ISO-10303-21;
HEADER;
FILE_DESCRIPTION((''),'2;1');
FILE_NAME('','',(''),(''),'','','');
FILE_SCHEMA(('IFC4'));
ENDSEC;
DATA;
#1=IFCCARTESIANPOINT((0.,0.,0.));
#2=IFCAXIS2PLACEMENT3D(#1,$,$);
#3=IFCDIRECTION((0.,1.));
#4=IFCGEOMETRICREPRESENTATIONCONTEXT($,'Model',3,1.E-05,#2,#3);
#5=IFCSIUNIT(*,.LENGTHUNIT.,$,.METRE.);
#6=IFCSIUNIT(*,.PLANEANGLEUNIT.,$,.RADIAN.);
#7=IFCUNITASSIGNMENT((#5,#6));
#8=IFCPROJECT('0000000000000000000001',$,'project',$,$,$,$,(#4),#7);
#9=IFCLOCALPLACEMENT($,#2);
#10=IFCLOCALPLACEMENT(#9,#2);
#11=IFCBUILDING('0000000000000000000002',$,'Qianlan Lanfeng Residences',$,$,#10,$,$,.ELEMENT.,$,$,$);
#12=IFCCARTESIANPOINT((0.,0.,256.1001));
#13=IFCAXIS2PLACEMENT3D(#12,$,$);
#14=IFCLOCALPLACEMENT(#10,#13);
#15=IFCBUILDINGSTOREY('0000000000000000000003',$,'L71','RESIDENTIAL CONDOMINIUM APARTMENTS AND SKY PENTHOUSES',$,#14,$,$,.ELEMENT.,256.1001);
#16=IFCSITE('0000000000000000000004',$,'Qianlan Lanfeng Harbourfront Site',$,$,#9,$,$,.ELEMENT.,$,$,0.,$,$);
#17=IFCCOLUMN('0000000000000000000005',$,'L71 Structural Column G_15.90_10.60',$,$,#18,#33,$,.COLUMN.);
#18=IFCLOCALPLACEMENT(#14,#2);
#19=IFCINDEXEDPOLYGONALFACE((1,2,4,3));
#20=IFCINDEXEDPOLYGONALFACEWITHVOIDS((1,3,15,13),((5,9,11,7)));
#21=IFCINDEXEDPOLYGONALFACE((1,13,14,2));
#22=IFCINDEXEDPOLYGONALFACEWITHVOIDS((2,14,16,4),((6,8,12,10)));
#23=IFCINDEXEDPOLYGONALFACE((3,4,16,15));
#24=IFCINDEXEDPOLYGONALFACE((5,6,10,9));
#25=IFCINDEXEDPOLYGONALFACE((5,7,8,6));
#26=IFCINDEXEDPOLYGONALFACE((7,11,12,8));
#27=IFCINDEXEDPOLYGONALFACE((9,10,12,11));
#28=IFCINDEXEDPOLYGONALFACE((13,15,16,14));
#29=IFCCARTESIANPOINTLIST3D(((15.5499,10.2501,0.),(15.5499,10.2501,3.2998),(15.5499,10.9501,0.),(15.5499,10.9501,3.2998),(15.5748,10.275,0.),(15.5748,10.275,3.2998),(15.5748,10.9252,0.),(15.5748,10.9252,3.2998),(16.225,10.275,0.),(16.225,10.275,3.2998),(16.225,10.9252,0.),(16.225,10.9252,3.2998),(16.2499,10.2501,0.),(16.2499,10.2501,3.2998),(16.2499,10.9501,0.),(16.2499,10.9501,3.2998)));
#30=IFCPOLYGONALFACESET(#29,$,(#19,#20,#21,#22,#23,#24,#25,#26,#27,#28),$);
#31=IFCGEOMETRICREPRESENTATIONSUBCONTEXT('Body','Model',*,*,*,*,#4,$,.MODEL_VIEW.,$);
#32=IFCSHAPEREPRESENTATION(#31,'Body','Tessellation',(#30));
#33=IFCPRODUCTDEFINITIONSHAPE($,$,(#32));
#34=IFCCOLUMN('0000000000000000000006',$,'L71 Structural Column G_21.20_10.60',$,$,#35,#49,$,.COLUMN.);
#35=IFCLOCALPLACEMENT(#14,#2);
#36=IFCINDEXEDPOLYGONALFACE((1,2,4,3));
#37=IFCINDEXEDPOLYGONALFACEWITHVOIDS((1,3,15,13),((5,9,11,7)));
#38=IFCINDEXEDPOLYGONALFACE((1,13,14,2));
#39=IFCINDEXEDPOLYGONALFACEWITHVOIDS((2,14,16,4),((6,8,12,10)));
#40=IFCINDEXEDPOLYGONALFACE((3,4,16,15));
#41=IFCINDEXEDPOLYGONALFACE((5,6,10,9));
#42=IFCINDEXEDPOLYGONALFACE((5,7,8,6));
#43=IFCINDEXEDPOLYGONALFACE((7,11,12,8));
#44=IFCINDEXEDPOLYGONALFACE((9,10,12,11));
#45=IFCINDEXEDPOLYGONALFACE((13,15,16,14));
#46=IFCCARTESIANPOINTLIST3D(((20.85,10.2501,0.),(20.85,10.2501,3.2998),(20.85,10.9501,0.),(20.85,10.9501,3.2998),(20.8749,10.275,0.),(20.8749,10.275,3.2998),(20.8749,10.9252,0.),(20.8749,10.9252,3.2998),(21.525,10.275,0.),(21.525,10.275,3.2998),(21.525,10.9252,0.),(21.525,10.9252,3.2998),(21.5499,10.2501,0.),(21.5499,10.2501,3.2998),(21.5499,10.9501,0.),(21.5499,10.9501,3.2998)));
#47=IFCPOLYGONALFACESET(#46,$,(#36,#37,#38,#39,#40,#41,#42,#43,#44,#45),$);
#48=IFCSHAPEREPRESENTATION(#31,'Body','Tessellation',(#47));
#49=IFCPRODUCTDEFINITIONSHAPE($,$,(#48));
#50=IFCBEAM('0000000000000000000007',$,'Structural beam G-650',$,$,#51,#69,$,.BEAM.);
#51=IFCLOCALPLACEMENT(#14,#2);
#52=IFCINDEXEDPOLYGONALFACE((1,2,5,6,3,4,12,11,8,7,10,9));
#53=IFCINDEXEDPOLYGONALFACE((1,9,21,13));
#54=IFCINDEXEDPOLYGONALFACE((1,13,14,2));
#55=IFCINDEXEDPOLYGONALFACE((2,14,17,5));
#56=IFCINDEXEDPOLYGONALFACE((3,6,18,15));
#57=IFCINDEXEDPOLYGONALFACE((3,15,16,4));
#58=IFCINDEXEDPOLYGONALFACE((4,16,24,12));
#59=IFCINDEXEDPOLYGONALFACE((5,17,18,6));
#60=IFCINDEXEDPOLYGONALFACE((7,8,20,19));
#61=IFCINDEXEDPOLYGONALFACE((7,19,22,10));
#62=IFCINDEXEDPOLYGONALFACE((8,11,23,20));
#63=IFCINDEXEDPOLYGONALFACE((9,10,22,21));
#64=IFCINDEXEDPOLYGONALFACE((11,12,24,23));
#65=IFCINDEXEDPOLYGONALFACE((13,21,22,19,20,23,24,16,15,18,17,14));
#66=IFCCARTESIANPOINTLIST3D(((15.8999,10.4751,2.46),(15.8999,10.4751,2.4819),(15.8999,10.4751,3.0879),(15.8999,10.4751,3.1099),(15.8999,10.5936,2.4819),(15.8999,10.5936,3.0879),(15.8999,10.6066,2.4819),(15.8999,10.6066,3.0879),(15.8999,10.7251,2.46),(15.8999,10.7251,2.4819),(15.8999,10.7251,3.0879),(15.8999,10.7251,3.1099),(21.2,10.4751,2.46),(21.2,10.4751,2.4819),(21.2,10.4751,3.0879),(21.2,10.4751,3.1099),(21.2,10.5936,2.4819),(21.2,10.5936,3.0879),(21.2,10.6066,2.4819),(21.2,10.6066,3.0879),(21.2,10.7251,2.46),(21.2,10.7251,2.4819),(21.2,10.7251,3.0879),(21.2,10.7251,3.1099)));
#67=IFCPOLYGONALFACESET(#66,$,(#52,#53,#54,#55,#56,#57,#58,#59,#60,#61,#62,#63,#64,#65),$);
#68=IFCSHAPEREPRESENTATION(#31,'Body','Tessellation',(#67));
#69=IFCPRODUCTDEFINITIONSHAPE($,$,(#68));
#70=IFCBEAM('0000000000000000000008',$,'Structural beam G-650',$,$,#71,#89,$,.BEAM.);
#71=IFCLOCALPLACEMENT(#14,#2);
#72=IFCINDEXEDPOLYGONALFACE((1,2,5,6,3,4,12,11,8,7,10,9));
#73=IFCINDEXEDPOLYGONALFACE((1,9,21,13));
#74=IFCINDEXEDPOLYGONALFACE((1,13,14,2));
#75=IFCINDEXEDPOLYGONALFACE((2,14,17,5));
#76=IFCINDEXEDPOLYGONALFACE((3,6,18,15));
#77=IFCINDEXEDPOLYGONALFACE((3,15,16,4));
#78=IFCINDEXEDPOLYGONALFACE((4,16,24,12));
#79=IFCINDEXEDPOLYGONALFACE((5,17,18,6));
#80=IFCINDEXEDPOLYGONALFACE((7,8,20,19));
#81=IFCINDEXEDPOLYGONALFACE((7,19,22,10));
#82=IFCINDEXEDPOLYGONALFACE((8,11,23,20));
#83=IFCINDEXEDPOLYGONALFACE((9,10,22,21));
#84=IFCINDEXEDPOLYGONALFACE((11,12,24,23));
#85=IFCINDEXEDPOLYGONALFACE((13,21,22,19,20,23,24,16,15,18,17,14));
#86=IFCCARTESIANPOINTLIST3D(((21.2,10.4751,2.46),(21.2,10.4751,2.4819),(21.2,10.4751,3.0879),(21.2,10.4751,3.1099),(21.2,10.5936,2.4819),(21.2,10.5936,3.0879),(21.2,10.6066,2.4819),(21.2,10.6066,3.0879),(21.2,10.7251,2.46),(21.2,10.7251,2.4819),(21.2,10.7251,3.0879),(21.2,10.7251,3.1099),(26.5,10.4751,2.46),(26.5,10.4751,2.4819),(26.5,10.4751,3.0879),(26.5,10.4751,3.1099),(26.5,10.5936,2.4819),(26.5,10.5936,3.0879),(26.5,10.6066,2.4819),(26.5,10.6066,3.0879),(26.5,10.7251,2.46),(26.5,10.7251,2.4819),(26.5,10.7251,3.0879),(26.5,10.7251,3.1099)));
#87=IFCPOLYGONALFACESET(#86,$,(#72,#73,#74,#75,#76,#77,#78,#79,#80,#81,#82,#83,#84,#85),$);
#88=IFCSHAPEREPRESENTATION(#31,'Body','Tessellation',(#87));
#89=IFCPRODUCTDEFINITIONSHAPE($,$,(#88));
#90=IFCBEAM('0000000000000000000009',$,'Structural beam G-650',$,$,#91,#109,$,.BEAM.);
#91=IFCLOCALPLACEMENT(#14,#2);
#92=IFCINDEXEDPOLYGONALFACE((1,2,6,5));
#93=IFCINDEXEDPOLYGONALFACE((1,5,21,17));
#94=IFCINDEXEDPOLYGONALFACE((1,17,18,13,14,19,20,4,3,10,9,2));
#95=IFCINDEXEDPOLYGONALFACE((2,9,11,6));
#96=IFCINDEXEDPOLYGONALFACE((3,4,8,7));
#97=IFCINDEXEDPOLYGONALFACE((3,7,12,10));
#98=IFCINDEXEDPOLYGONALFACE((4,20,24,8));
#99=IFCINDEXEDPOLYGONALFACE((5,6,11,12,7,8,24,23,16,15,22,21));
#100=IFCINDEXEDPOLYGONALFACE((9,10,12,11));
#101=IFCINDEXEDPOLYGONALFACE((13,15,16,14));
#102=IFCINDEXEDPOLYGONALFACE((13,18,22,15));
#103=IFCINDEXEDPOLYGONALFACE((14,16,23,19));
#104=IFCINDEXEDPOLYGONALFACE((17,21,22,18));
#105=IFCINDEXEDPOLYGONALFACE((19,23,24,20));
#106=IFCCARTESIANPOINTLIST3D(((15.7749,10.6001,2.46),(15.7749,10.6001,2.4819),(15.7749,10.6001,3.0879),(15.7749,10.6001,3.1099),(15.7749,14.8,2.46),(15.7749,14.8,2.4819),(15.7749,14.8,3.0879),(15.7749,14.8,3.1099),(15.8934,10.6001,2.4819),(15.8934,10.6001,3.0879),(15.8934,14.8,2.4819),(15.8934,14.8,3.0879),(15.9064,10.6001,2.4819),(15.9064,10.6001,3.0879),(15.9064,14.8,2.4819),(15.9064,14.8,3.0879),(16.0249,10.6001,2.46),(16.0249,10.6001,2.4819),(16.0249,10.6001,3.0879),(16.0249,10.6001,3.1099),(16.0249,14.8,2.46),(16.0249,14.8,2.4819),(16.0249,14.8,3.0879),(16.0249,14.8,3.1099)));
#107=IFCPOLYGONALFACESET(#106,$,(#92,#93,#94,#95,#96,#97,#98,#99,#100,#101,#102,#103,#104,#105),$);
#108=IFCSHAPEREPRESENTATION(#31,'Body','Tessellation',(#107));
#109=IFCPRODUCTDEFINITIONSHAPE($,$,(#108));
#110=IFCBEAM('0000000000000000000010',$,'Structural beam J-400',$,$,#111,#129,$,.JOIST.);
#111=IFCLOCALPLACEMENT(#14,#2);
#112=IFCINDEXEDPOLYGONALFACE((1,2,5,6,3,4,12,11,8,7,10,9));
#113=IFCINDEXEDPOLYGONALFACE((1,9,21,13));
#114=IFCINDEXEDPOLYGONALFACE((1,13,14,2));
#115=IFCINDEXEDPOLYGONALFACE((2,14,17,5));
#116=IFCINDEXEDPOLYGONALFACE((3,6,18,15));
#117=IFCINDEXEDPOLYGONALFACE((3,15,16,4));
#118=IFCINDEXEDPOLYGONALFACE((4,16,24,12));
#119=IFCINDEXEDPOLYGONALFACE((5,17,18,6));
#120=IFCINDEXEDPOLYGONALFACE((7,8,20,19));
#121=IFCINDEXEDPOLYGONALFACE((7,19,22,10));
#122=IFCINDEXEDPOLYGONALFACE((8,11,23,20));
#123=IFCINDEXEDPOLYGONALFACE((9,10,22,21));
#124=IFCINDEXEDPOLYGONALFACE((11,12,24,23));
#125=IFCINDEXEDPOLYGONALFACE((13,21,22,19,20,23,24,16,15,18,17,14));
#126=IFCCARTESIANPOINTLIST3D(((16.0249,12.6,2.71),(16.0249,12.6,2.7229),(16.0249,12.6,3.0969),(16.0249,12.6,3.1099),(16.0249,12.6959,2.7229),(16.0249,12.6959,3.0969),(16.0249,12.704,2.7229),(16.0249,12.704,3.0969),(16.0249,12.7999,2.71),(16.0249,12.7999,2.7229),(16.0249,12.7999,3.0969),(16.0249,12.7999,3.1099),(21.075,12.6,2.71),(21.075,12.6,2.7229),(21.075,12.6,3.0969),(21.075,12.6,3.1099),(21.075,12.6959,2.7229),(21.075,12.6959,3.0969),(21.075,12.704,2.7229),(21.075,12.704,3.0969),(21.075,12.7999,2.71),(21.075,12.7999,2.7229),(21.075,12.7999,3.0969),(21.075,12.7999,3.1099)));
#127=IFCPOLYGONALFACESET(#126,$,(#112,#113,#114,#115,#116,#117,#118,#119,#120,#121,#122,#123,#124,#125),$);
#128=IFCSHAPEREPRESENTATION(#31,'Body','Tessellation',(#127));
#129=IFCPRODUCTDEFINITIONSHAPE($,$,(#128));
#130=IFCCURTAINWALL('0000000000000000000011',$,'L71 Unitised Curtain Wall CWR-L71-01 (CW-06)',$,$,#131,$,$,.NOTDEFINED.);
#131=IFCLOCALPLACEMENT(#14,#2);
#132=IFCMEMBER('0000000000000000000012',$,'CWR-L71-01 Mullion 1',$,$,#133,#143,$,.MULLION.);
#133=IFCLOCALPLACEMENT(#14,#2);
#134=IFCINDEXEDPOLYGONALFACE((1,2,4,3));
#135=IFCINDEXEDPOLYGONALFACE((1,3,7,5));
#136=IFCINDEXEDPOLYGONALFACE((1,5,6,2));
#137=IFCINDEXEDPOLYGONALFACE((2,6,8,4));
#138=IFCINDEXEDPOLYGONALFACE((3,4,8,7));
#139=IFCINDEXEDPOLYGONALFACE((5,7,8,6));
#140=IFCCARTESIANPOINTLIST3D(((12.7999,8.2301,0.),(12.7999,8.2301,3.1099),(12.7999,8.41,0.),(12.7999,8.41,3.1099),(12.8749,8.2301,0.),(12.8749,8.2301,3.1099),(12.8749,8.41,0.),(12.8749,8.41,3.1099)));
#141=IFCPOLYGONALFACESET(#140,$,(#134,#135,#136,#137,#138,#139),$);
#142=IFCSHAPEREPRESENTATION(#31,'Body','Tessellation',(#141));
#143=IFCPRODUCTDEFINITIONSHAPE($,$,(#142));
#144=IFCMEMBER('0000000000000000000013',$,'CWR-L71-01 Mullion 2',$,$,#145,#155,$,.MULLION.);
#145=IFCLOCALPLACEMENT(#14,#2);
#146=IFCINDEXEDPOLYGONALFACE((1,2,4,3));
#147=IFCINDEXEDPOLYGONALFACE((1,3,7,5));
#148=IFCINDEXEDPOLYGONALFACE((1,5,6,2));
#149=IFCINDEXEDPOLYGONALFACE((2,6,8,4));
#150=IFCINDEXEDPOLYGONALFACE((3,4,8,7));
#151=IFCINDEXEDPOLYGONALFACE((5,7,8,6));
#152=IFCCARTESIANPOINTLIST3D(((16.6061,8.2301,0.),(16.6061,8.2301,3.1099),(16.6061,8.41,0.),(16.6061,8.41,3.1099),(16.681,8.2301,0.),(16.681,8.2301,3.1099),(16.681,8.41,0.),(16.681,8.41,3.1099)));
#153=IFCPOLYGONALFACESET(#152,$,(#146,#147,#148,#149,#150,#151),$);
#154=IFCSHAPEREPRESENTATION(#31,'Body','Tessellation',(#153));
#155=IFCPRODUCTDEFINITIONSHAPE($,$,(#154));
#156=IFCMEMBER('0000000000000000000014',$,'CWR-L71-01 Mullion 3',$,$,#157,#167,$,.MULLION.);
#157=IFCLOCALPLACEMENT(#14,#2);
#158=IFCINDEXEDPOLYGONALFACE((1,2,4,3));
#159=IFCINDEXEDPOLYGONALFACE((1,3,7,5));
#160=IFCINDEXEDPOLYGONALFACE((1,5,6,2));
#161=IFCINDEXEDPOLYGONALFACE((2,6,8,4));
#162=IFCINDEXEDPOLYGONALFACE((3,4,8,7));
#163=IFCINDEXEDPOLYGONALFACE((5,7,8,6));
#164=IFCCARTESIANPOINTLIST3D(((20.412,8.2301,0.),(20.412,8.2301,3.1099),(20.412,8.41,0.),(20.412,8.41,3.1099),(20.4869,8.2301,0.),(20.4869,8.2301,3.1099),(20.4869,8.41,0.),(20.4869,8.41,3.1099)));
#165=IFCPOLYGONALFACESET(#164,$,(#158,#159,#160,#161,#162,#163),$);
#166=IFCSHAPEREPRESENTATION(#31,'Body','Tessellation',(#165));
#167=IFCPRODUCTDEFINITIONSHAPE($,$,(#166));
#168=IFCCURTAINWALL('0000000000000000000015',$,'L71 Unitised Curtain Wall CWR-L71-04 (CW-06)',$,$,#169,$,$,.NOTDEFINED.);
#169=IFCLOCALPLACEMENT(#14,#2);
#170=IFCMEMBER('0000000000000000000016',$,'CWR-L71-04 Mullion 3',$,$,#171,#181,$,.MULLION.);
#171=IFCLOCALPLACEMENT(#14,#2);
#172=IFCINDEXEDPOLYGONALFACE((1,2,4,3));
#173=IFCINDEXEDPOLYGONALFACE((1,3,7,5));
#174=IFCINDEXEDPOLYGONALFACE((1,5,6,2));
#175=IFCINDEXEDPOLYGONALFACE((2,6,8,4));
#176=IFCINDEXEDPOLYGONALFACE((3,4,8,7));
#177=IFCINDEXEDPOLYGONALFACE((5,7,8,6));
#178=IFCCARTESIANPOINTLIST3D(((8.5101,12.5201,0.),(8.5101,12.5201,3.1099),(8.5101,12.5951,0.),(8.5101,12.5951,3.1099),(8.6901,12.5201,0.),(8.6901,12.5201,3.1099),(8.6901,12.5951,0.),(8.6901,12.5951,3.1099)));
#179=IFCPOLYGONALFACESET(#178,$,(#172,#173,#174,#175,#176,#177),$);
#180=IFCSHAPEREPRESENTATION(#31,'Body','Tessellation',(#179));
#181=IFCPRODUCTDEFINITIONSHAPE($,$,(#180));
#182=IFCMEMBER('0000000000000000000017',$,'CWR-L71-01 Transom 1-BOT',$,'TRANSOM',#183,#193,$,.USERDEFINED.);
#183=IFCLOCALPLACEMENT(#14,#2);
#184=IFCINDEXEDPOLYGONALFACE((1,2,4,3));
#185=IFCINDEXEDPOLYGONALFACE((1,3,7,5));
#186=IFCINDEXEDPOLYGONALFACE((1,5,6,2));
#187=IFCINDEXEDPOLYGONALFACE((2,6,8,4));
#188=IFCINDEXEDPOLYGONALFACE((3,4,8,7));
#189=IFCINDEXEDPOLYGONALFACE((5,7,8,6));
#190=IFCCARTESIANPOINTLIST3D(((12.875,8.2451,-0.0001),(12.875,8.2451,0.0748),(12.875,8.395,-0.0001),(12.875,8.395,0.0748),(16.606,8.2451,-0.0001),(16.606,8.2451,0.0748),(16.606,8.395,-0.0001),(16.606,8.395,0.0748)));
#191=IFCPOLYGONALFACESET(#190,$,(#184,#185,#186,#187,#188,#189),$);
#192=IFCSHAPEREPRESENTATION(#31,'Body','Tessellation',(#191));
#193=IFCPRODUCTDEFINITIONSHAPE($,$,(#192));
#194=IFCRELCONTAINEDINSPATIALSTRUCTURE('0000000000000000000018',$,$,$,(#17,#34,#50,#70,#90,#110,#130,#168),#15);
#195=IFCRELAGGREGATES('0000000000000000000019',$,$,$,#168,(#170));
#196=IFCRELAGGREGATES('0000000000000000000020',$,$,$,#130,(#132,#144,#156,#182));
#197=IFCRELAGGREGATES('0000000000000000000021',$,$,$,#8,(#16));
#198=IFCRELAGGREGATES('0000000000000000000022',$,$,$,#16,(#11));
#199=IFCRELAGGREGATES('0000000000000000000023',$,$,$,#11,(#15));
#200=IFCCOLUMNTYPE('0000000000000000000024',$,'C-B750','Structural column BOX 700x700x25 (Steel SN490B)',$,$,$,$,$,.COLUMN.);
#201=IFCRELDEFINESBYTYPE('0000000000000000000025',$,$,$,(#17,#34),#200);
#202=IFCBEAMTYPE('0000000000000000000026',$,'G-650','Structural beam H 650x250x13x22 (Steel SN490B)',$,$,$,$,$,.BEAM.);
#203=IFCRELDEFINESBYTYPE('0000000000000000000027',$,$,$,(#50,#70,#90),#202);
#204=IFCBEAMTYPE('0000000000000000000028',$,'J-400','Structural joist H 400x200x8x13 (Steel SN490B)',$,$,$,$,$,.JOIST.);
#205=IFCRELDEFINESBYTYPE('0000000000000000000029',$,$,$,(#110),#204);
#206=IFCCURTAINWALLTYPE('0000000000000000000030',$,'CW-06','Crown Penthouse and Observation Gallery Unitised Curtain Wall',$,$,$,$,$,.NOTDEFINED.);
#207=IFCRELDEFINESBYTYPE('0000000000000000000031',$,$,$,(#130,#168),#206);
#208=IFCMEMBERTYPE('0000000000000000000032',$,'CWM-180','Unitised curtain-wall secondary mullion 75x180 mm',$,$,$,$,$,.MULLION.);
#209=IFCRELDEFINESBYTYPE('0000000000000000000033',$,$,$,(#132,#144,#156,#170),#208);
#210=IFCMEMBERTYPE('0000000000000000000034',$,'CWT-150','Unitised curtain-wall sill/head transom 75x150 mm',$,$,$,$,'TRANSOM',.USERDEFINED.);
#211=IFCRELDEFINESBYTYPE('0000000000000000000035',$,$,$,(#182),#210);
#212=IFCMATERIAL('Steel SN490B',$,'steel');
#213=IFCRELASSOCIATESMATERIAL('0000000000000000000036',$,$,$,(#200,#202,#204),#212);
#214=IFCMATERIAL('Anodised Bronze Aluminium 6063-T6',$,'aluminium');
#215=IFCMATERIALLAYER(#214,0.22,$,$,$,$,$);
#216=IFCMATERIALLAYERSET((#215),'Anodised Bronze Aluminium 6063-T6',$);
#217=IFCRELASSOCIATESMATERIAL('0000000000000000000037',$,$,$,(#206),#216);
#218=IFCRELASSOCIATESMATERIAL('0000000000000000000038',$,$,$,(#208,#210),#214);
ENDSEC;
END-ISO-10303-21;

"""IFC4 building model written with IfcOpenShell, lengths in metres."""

from ifc_helpers import new_model, si_unit, direction, frame, origin, origin_2d, place, context, subcontext, project, spatial, rectangle, hollow_rectangle, i_section, extrude, source, transform, mapped, material, layer, layer_set, material_profile, profile_set, type_object, element, aggregate, save


model = new_model("IFC4")

# Units and contexts
model_context = context("Model", 3, precision=1e-05, world=origin(), true_north=direction((0.0, 1.0)))
body_context = subcontext(model_context, "Body", "Model", "MODEL_VIEW")
ifc_project = project(units=[si_unit("LENGTHUNIT", "METRE"), si_unit("PLANEANGLEUNIT", "RADIAN")], contexts=[model_context])

# Site, building, storey
site_placement = place(None, origin())
site = spatial("IfcSite", under=ifc_project, at=site_placement, Name="Qianlan Lanfeng Harbourfront Site", CompositionType="ELEMENT", RefElevation=0.0)
building_placement = place(site_placement, origin())
building = spatial("IfcBuilding", under=site, at=building_placement, Name="Qianlan Lanfeng Residences", CompositionType="ELEMENT")
storey_placement = place(building_placement, frame((0.0, 0.0, 256.1001)))
storey = spatial("IfcBuildingStorey", under=building, at=storey_placement, Name="L71", Description="RESIDENTIAL CONDOMINIUM APARTMENTS AND SKY PENTHOUSES", CompositionType="ELEMENT", Elevation=256.1001)

# Columns
ifc_material_1 = material(Name="Steel SN490B", Category="steel")
ifc_material_profile_1 = material_profile(ifc_material_1, hollow_rectangle(XDim=0.7, YDim=0.7, WallThickness=0.0249, at=origin_2d()), Name="BOX 700x700x25")
ifc_profile_set_1 = profile_set([ifc_material_profile_1], Name="Steel SN490B")
column_type = type_object("IfcColumnType", Name="C-B750", Description="Structural column BOX 700x700x25 (Steel SN490B)", PredefinedType="COLUMN", material=ifc_profile_set_1)
for number, where, z_axis, x_axis, name in (
    (1, (15.8999, 10.6001, 0.0), (0.0, 0.0, 1.0), (1.0, 0.0, 0.0), "L71 Structural Column G_15.90_10.60"),
    (2, (21.2, 10.6001, 0.0), (0.0, 0.0, 1.0), (1.0, 0.0, 0.0), "L71 Structural Column G_21.20_10.60"),
):
    element("IfcColumn", number, at=place(storey_placement, frame(where, z_axis=z_axis, x_axis=x_axis)), inside=storey, type_object=column_type, Name=name, PredefinedType="COLUMN", context=body_context, shape_type="SweptSolid", body=[
        extrude(hollow_rectangle(XDim=0.7, YDim=0.7, WallThickness=0.0249, at=origin_2d()), origin(), (0.0, 0.0, 1.0), 3.2998),
    ])

# Beams
ifc_material_profile_2 = material_profile(ifc_material_1, i_section(OverallWidth=0.25, OverallDepth=0.6499, WebThickness=0.0129, FlangeThickness=0.022, at=origin_2d()), Name="H 650x250x13x22")
ifc_profile_set_2 = profile_set([ifc_material_profile_2], Name="Steel SN490B")
beam_type_1 = type_object("IfcBeamType", Name="G-650", Description="Structural beam H 650x250x13x22 (Steel SN490B)", PredefinedType="BEAM", material=ifc_profile_set_2)
for number, where, z_axis, x_axis, name in (
    (3, (15.8999, 10.6001, 2.7849), (1.0, 0.0, 0.0), (0.0, 1.0, 0.0), "Structural beam G-650"),
    (4, (21.2, 10.6001, 2.7849), (1.0, 0.0, 0.0), (0.0, 1.0, 0.0), "Structural beam G-650"),
):
    element("IfcBeam", number, at=place(storey_placement, frame(where, z_axis=z_axis, x_axis=x_axis)), inside=storey, type_object=beam_type_1, Name=name, PredefinedType="BEAM", context=body_context, shape_type="SweptSolid", body=[
        extrude(i_section(OverallWidth=0.25, OverallDepth=0.6499, WebThickness=0.0129, FlangeThickness=0.022, at=origin_2d()), origin(), (0.0, 0.0, 1.0), 5.3),
    ])
beam_1_placement = place(storey_placement, frame((15.8999, 10.6001, 2.7849), z_axis=(0.0, 1.0, 0.0), x_axis=(-1.0, 0.0, 0.0)))
element("IfcBeam", 5, at=beam_1_placement, inside=storey, type_object=beam_type_1, Name="Structural beam G-650", PredefinedType="BEAM", context=body_context, shape_type="SweptSolid", body=[
    extrude(i_section(OverallWidth=0.25, OverallDepth=0.6499, WebThickness=0.0129, FlangeThickness=0.022, at=origin_2d()), origin(), (0.0, 0.0, 1.0), 4.2),
])
ifc_material_profile_3 = material_profile(ifc_material_1, i_section(OverallWidth=0.2, OverallDepth=0.3999, WebThickness=0.0081, FlangeThickness=0.0129, at=origin_2d()), Name="H 400x200x8x13")
ifc_profile_set_3 = profile_set([ifc_material_profile_3], Name="Steel SN490B")
beam_type_2 = type_object("IfcBeamType", Name="J-400", Description="Structural joist H 400x200x8x13 (Steel SN490B)", PredefinedType="JOIST", material=ifc_profile_set_3)
beam_2_placement = place(storey_placement, frame((16.0249, 12.7, 2.9099), z_axis=(1.0, 0.0, 0.0), x_axis=(0.0, 1.0, 0.0)))
element("IfcBeam", 6, at=beam_2_placement, inside=storey, type_object=beam_type_2, Name="Structural beam J-400", PredefinedType="JOIST", context=body_context, shape_type="SweptSolid", body=[
    extrude(i_section(OverallWidth=0.2, OverallDepth=0.3999, WebThickness=0.0081, FlangeThickness=0.0129, at=origin_2d()), origin(), (0.0, 0.0, 1.0), 5.05),
])

# Curtain wall, members
ifc_material_2 = material(Name="Anodised Bronze Aluminium 6063-T6", Category="aluminium")
ifc_layer_1 = layer(ifc_material_2, 0.22)
ifc_layer_set_1 = layer_set([ifc_layer_1], Name="Anodised Bronze Aluminium 6063-T6")
curtain_wall_type = type_object("IfcCurtainWallType", Name="CW-06", Description="Crown Penthouse and Observation Gallery Unitised Curtain Wall", PredefinedType="NOTDEFINED", material=ifc_layer_set_1)
curtain_wall_1_placement = place(storey_placement, origin())
curtain_wall_1 = element("IfcCurtainWall", 7, at=curtain_wall_1_placement, inside=storey, type_object=curtain_wall_type, Name="L71 Unitised Curtain Wall CWR-L71-01 (CW-06)", PredefinedType="NOTDEFINED")
ifc_material_profile_4 = material_profile(ifc_material_2, rectangle(XDim=0.075, YDim=0.1799, at=origin_2d()), Name="ALU MULLION 75x180")
ifc_profile_set_4 = profile_set([ifc_material_profile_4], Name="Anodised Bronze Aluminium 6063-T6")
member_type_1 = type_object("IfcMemberType", Name="CWM-180", Description="Unitised curtain-wall secondary mullion 75x180 mm", PredefinedType="MULLION", material=ifc_profile_set_4)
shared_shape_1 = source(origin(), body_context, "Body", "SweptSolid", [
    extrude(rectangle(XDim=0.075, YDim=0.1799, at=origin_2d()), origin(), (0.0, 0.0, 1.0), 3.1099),
])
member_1_placement = place(storey_placement, frame((12.8374, 8.3201, 0.0), z_axis=(0.0, 0.0, 1.0), x_axis=(1.0, 0.0, 0.0)))
member_1 = element("IfcMember", 8, at=member_1_placement, type_object=member_type_1, Name="CWR-L71-01 Mullion 1", PredefinedType="MULLION", context=body_context, shape_type="MappedRepresentation", body=[
    mapped(shared_shape_1, transform((0.0, 0.0, 0.0), scale=1.0)),
])
member_2_placement = place(storey_placement, frame((16.6436, 8.3201, 0.0), z_axis=(0.0, 0.0, 1.0), x_axis=(1.0, 0.0, 0.0)))
member_2 = element("IfcMember", 9, at=member_2_placement, type_object=member_type_1, Name="CWR-L71-01 Mullion 2", PredefinedType="MULLION", context=body_context, shape_type="MappedRepresentation", body=[
    mapped(shared_shape_1, transform((0.0, 0.0, 0.0), scale=1.0)),
])
member_3_placement = place(storey_placement, frame((20.4495, 8.3201, 0.0), z_axis=(0.0, 0.0, 1.0), x_axis=(1.0, 0.0, 0.0)))
member_3 = element("IfcMember", 10, at=member_3_placement, type_object=member_type_1, Name="CWR-L71-01 Mullion 3", PredefinedType="MULLION", context=body_context, shape_type="MappedRepresentation", body=[
    mapped(shared_shape_1, transform((0.0, 0.0, 0.0), scale=1.0)),
])

# Curtain wall, member
curtain_wall_2_placement = place(storey_placement, origin())
curtain_wall_2 = element("IfcCurtainWall", 11, at=curtain_wall_2_placement, inside=storey, type_object=curtain_wall_type, Name="L71 Unitised Curtain Wall CWR-L71-04 (CW-06)", PredefinedType="NOTDEFINED")
member_4_placement = place(storey_placement, frame((8.6001, 12.5576, 0.0), z_axis=(0.0, 0.0, 1.0), x_axis=(0.0, -1.0, 0.0)))
member_4 = element("IfcMember", 12, at=member_4_placement, type_object=member_type_1, Name="CWR-L71-04 Mullion 3", PredefinedType="MULLION", context=body_context, shape_type="MappedRepresentation", body=[
    mapped(shared_shape_1, transform((0.0, 0.0, 0.0), scale=1.0)),
])
aggregate(curtain_wall_2, [member_4])

# Member
ifc_material_profile_5 = material_profile(ifc_material_2, rectangle(XDim=0.075, YDim=0.1499, at=origin_2d()), Name="ALU TRANSOM 75x150")
ifc_profile_set_5 = profile_set([ifc_material_profile_5], Name="Anodised Bronze Aluminium 6063-T6")
member_type_2 = type_object("IfcMemberType", Name="CWT-150", Description="Unitised curtain-wall sill/head transom 75x150 mm", ElementType="TRANSOM", PredefinedType="USERDEFINED", material=ifc_profile_set_5)
shared_shape_2 = source(origin(), body_context, "Body", "SweptSolid", [
    extrude(rectangle(XDim=0.075, YDim=0.1499, at=origin_2d()), origin(), (0.0, 0.0, 1.0), 3.731),
])
member_5_placement = place(storey_placement, frame((12.875, 8.3201, 0.0374), z_axis=(1.0, 0.0, 0.0), x_axis=(0.0, 0.0, 1.0)))
member_5 = element("IfcMember", 13, at=member_5_placement, type_object=member_type_2, Name="CWR-L71-01 Transom 1-BOT", ObjectType="TRANSOM", PredefinedType="USERDEFINED", context=body_context, shape_type="MappedRepresentation", body=[
    mapped(shared_shape_2, transform((0.0, 0.0, 0.0), scale=1.0)),
])

aggregate(curtain_wall_1, [member_1, member_2, member_3, member_5])

save(model, "model.ifc")
